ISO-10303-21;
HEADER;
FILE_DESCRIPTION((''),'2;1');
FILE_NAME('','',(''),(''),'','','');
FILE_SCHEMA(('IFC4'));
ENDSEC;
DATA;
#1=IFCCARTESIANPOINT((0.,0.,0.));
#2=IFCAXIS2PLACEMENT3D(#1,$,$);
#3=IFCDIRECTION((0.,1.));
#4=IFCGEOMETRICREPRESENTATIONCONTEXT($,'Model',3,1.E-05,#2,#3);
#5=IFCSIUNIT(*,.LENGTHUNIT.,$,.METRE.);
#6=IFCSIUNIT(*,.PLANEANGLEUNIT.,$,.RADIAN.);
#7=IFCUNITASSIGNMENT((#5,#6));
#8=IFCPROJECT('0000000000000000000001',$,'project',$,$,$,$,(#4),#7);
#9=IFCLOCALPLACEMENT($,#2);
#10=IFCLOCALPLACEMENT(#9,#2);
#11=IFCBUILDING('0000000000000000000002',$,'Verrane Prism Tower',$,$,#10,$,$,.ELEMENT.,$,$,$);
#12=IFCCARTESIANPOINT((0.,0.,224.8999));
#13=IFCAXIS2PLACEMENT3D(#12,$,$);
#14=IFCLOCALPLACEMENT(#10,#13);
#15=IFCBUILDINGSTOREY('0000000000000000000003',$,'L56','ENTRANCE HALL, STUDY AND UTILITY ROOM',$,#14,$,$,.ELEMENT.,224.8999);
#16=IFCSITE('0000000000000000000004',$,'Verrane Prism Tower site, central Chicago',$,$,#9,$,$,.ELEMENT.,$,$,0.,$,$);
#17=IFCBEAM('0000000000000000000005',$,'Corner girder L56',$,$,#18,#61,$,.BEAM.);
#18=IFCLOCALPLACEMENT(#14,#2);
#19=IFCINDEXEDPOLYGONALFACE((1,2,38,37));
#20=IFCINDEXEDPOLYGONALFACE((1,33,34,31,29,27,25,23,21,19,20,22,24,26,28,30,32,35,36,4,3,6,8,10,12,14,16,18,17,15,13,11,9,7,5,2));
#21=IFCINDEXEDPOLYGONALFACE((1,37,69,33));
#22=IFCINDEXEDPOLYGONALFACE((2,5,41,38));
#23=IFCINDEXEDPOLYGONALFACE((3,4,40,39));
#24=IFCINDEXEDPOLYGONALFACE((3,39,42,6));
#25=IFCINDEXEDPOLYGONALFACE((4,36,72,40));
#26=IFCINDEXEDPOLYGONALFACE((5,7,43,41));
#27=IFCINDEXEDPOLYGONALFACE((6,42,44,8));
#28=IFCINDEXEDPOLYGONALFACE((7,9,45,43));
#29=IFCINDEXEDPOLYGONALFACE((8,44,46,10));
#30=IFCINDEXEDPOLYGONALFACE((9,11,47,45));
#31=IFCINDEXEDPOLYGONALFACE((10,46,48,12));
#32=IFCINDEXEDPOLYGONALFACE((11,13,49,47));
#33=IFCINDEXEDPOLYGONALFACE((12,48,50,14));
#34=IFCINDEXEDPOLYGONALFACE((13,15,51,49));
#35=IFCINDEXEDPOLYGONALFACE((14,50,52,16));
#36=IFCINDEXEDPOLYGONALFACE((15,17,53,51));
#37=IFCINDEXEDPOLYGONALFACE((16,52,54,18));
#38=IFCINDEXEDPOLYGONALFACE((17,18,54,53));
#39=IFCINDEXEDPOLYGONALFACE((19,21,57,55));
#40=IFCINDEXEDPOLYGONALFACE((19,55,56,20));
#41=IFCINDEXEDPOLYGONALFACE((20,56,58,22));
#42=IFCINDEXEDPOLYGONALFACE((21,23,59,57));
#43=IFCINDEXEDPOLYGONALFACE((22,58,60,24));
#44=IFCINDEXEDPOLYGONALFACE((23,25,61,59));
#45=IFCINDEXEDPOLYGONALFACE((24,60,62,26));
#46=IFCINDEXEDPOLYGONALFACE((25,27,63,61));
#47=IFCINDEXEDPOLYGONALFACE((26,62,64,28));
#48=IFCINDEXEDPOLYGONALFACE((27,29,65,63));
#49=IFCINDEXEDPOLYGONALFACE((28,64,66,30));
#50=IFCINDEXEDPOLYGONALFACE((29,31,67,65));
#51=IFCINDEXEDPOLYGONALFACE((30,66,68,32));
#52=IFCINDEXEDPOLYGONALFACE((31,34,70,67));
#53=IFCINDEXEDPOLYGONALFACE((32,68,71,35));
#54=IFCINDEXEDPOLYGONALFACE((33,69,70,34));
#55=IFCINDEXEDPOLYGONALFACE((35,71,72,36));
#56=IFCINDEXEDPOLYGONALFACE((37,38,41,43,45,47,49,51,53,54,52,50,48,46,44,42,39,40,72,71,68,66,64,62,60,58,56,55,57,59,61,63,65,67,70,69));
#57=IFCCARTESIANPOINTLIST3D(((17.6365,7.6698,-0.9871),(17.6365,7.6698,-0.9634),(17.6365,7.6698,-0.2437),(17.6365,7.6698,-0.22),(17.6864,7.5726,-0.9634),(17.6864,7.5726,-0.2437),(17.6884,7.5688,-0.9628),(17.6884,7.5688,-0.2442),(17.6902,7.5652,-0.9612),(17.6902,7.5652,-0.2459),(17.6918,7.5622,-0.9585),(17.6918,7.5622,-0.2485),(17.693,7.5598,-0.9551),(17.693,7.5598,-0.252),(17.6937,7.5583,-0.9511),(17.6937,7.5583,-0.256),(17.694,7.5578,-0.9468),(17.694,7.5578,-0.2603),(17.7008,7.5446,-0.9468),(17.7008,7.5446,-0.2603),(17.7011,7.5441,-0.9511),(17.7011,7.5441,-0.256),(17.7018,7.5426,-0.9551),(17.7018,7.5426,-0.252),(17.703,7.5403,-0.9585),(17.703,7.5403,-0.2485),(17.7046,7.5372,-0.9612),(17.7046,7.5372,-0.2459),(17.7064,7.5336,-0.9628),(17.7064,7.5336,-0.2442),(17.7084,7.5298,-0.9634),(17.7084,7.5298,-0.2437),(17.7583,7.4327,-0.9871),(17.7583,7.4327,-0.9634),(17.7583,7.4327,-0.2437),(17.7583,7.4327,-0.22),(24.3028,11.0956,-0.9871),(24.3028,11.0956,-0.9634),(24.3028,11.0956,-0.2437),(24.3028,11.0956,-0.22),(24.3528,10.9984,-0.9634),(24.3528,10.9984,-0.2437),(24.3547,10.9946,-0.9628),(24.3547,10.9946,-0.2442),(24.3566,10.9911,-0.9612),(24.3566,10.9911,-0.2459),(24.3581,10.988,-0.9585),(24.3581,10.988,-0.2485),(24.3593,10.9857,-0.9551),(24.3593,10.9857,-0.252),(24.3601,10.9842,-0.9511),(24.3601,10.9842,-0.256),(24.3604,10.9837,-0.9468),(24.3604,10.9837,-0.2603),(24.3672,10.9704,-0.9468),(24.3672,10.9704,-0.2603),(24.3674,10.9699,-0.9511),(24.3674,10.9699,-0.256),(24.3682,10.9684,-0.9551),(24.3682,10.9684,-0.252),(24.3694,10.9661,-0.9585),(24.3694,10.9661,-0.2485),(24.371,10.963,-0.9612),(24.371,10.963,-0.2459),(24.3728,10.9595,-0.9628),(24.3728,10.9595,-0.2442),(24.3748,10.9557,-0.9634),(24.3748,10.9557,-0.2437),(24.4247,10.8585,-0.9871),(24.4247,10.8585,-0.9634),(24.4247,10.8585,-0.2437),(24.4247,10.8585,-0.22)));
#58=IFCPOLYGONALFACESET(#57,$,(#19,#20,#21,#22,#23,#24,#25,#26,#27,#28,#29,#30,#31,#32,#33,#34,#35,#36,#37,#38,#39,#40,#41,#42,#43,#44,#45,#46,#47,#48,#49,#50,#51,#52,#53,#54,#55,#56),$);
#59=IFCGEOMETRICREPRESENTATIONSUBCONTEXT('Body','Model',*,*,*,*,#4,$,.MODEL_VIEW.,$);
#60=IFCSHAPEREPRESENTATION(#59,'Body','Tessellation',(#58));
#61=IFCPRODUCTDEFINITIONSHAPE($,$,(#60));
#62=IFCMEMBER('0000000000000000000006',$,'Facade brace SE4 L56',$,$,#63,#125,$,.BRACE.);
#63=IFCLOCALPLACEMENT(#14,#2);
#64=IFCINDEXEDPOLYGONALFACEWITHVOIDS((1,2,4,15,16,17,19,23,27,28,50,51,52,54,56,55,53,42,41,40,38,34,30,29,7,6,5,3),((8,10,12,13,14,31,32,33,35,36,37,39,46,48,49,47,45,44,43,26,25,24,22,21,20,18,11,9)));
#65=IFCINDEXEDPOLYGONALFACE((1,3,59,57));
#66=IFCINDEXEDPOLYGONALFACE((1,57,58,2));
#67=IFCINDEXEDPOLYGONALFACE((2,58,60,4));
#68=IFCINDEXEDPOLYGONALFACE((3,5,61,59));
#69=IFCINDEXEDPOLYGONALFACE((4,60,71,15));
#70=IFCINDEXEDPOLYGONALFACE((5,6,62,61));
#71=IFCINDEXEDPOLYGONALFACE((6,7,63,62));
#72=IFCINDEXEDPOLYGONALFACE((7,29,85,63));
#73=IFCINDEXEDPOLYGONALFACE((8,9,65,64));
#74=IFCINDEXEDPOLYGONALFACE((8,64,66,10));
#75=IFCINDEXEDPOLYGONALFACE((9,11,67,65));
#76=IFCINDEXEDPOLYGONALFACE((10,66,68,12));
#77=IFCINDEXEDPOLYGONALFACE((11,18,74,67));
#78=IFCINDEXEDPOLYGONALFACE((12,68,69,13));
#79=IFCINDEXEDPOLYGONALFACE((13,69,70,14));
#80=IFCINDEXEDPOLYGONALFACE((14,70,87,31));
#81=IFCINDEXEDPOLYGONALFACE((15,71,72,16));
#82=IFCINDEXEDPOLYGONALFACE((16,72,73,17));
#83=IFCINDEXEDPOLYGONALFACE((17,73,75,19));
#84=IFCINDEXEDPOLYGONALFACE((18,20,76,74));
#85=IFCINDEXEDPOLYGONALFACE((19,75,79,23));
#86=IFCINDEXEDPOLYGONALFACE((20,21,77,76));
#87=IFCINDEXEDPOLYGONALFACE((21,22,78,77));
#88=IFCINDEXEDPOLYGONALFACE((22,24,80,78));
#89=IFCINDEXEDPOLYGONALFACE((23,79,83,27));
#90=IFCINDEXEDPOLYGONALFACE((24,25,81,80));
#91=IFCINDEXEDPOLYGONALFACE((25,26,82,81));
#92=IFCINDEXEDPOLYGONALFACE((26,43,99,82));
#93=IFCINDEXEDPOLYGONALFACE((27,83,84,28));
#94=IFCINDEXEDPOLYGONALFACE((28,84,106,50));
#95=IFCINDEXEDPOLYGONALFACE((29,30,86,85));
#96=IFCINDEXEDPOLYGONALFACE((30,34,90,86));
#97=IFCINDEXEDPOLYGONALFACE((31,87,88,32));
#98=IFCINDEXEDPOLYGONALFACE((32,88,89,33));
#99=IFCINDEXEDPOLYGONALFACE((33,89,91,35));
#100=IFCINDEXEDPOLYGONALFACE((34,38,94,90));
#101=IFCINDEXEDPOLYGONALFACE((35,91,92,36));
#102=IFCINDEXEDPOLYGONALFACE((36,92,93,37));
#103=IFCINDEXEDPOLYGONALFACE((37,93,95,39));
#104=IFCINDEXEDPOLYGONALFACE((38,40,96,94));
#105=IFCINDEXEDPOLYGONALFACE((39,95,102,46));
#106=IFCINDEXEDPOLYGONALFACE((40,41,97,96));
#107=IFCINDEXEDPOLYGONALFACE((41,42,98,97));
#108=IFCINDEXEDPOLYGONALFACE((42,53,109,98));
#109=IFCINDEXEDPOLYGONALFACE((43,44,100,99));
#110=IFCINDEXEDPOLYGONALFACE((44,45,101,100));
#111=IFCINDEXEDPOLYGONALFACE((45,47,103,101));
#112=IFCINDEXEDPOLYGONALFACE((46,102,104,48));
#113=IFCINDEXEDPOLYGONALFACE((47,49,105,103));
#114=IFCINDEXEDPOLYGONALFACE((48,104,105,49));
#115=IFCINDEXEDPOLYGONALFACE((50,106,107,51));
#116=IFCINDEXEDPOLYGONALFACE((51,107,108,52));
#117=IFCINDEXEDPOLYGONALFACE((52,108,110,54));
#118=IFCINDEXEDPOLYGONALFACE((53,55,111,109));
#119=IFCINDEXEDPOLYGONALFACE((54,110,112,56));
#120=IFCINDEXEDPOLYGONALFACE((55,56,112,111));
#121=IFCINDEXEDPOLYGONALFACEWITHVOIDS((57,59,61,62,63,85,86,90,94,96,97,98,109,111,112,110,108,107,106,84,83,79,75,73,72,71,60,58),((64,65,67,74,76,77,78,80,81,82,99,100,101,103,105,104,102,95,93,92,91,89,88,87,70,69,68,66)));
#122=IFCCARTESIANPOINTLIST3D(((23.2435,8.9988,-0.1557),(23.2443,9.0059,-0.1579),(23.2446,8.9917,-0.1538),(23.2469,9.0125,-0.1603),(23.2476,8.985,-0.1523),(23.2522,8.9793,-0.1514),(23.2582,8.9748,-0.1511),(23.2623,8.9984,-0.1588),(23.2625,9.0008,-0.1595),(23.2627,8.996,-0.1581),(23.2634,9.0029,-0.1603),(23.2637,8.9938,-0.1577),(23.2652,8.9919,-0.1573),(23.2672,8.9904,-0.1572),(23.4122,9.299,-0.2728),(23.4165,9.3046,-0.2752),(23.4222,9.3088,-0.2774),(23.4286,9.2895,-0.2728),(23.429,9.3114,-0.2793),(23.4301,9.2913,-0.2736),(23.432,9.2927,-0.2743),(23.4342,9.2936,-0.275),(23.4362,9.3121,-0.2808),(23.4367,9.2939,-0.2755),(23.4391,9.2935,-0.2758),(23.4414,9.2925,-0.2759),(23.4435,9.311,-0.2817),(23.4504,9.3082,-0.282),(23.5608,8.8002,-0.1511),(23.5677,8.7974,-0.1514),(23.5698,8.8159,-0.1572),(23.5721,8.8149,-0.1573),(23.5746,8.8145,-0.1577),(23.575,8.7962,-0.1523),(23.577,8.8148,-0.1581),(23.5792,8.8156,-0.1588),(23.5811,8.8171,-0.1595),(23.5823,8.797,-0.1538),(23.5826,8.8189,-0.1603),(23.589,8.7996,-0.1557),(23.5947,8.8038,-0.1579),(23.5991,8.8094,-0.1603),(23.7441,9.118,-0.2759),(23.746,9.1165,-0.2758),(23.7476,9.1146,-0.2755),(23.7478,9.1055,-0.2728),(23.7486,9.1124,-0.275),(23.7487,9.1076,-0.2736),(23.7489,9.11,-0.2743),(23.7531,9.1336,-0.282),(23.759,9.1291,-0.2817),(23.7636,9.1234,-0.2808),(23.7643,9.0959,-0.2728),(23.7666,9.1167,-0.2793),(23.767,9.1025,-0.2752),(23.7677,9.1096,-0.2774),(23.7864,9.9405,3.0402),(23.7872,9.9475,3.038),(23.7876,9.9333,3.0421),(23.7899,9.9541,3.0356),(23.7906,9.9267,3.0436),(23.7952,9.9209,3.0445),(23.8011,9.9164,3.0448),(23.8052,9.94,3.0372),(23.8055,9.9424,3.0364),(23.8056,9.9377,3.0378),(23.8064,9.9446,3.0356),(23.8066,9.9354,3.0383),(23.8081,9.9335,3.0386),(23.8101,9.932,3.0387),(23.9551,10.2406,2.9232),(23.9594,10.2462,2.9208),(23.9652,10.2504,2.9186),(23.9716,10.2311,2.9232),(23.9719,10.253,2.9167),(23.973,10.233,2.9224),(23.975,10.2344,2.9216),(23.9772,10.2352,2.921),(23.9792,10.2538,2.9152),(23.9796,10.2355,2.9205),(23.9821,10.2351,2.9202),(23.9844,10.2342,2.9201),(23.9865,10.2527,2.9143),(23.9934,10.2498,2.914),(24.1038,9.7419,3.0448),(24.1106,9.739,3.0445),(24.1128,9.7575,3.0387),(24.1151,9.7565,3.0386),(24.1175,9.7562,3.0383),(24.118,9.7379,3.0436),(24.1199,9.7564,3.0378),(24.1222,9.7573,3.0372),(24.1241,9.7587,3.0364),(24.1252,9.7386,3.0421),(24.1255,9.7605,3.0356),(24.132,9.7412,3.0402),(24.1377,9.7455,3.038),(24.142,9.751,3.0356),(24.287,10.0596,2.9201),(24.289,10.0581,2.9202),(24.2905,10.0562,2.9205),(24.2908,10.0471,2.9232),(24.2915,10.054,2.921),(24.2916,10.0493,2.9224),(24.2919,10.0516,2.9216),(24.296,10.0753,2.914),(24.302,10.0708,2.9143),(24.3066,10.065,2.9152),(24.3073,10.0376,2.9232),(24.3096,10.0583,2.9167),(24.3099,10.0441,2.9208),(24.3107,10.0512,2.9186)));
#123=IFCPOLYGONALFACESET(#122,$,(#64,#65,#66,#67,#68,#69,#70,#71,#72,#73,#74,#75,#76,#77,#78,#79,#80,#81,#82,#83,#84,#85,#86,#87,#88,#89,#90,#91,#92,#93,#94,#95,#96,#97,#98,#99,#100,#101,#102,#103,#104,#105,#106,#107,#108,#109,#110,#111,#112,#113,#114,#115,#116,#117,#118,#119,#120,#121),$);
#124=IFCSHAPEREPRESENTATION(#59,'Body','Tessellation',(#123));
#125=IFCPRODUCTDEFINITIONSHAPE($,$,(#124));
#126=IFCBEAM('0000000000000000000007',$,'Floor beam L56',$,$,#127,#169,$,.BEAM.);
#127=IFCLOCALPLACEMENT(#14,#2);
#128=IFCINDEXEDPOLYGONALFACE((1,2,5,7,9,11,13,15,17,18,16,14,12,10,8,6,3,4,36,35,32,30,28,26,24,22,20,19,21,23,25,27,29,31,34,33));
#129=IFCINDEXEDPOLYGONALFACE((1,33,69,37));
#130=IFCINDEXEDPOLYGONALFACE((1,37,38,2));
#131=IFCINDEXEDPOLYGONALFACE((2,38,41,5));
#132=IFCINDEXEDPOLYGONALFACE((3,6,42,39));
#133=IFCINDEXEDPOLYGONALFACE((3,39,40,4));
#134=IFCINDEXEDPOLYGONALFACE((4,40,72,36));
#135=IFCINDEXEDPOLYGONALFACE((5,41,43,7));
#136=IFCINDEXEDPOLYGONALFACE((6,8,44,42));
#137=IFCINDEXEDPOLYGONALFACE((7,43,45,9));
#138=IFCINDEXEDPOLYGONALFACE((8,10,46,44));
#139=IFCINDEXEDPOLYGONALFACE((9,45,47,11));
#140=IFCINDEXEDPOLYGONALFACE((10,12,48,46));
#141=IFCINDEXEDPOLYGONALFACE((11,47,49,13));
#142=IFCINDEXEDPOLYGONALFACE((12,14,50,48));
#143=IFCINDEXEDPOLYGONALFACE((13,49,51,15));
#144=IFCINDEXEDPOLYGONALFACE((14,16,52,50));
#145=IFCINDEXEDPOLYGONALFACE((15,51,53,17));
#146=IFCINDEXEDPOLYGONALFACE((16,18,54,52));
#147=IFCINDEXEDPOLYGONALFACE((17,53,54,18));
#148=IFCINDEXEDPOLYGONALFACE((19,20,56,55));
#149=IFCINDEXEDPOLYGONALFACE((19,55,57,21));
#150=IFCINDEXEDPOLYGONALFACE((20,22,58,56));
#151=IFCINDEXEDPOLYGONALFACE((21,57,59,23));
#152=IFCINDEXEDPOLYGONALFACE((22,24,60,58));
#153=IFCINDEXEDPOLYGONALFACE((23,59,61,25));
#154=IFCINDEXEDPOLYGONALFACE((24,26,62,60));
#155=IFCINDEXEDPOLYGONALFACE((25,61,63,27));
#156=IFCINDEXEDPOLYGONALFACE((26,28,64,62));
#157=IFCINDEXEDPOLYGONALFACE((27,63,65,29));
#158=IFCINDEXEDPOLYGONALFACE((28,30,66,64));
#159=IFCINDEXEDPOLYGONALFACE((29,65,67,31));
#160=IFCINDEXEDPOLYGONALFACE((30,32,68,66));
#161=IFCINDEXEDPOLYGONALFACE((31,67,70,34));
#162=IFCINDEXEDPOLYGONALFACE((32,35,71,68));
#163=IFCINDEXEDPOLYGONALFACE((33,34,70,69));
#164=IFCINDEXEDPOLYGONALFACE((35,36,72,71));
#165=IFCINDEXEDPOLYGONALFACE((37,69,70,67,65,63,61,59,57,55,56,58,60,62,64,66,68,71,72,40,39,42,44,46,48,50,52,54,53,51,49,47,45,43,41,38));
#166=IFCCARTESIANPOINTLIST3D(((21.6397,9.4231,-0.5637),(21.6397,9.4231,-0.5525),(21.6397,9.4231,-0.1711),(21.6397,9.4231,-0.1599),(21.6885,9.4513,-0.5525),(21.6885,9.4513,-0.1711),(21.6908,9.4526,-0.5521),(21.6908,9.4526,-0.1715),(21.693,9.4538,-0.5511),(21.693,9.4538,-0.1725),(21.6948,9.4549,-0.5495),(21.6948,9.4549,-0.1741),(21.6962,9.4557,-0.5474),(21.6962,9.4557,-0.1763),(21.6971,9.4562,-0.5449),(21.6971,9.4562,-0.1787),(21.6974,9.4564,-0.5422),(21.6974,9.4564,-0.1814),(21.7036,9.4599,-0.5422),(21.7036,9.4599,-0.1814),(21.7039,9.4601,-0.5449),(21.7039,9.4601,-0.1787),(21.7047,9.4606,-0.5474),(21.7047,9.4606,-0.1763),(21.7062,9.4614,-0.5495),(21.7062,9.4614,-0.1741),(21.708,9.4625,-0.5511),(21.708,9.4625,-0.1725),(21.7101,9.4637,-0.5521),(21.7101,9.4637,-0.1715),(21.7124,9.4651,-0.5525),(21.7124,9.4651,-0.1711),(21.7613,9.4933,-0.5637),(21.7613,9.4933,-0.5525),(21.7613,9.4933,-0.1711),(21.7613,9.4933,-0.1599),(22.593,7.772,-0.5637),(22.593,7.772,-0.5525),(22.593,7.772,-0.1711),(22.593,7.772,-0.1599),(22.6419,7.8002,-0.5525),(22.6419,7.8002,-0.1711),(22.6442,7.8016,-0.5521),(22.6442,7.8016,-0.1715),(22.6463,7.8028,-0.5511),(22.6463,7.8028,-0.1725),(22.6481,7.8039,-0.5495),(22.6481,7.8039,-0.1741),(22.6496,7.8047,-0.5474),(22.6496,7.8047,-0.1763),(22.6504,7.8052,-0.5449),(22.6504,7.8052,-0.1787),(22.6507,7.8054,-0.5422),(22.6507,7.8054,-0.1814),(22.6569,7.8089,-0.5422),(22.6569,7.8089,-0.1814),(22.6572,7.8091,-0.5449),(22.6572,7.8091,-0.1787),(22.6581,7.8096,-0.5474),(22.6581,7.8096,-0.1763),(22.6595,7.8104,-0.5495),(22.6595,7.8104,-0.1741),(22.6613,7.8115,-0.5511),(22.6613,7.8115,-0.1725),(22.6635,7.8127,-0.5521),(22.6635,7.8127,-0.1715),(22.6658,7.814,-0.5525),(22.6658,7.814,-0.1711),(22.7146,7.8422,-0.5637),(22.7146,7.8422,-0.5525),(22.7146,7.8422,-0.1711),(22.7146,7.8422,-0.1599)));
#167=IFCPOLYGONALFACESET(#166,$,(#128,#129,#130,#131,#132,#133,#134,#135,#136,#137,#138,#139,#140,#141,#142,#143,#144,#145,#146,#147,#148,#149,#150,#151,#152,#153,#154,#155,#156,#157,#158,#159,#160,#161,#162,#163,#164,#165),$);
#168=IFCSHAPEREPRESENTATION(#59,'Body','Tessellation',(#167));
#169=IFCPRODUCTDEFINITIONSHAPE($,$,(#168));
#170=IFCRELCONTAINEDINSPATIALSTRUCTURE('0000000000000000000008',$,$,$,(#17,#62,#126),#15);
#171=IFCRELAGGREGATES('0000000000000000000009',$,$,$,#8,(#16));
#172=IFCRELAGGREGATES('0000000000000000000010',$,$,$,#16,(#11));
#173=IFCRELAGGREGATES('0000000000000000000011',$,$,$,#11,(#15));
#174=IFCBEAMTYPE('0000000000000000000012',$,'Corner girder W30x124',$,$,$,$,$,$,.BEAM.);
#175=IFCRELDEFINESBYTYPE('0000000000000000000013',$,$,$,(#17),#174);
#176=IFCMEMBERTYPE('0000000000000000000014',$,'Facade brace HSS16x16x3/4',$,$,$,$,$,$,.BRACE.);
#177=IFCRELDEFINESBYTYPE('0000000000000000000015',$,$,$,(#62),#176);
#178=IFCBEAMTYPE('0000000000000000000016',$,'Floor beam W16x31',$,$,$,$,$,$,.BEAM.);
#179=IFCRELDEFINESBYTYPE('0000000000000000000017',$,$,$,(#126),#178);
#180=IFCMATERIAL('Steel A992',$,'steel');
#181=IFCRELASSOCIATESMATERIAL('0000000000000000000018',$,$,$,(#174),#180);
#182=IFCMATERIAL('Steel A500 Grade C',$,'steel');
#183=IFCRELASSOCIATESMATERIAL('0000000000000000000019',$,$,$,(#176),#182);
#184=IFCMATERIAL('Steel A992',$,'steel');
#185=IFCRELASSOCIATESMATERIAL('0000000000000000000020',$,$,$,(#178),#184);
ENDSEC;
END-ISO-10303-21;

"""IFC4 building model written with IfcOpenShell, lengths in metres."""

from ifc_helpers import new_model, si_unit, direction, frame, origin, origin_2d, place, context, subcontext, project, spatial, hollow_rectangle, i_section, extrude, material, material_profile, profile_set, type_object, element, save


model = new_model("IFC4")

# Units and contexts
model_context = context("Model", 3, precision=1e-05, world=origin(), true_north=direction((0.0, 1.0)))
body_context = subcontext(model_context, "Body", "Model", "MODEL_VIEW")
ifc_project = project(units=[si_unit("LENGTHUNIT", "METRE"), si_unit("PLANEANGLEUNIT", "RADIAN")], contexts=[model_context])

# Site, building, storey
site_placement = place(None, origin())
site = spatial("IfcSite", under=ifc_project, at=site_placement, Name="Verrane Prism Tower site, central Chicago", CompositionType="ELEMENT", RefElevation=0.0)
building_placement = place(site_placement, origin())
building = spatial("IfcBuilding", under=site, at=building_placement, Name="Verrane Prism Tower", CompositionType="ELEMENT")
storey_placement = place(building_placement, frame((0.0, 0.0, 224.8999)))
storey = spatial("IfcBuildingStorey", under=building, at=storey_placement, Name="L56", Description="ENTRANCE HALL, STUDY AND UTILITY ROOM", CompositionType="ELEMENT", Elevation=224.8999)

# Beam
ifc_material_1 = material(Name="Steel A992", Category="steel")
ifc_material_profile_1 = material_profile(ifc_material_1, i_section(OverallWidth=0.2666, OverallDepth=0.7671, WebThickness=0.0149, FlangeThickness=0.0237, FilletRadius=0.0166, at=origin_2d()), Name="W30x124")
ifc_profile_set_1 = profile_set([ifc_material_profile_1], Name="Steel A992")
beam_type_1 = type_object("IfcBeamType", Name="Corner girder W30x124", PredefinedType="BEAM", material=ifc_profile_set_1)
beam_1_placement = place(storey_placement, frame((24.3638, 10.9771, -0.6035), z_axis=(-0.889428, -0.457076, 0.0), x_axis=(0.457076, -0.889428, 0.0)))
element("IfcBeam", 1, at=beam_1_placement, inside=storey, type_object=beam_type_1, Name="Corner girder L56", PredefinedType="BEAM", context=body_context, shape_type="SweptSolid", body=[
    extrude(i_section(OverallWidth=0.2666, OverallDepth=0.7671, WebThickness=0.0149, FlangeThickness=0.0237, FilletRadius=0.0166, at=origin_2d()), origin(), (0.0, 0.0, 1.0), 7.4951),
])

# Member
ifc_material_2 = material(Name="Steel A500 Grade C", Category="steel")
ifc_material_profile_2 = material_profile(ifc_material_2, hollow_rectangle(XDim=0.4065, YDim=0.4065, WallThickness=0.019, InnerFilletRadius=0.0095, OuterFilletRadius=0.0286, at=origin_2d()), Name="HSS16x16x3/4")
ifc_profile_set_2 = profile_set([ifc_material_profile_2], Name="Steel A500 Grade C")
member_type_1 = type_object("IfcMemberType", Name="Facade brace HSS16x16x3/4", PredefinedType="BRACE", material=ifc_profile_set_2)
member_1_placement = place(storey_placement, frame((23.5056, 9.0542, -0.2166), z_axis=(0.16084, 0.278939, 0.946744), x_axis=(-0.866301, 0.499522, 0.0)))
element("IfcMember", 2, at=member_1_placement, inside=storey, type_object=member_type_1, Name="Facade brace SE4 L56", PredefinedType="BRACE", context=body_context, shape_type="SweptSolid", body=[
    extrude(hollow_rectangle(XDim=0.4065, YDim=0.4065, WallThickness=0.019, InnerFilletRadius=0.0095, OuterFilletRadius=0.0286, at=origin_2d()), origin(), (0.0, 0.0, 1.0), 3.3757),
])

# Beam
ifc_material_3 = material(Name="Steel A992", Category="steel")
ifc_material_profile_3 = material_profile(ifc_material_3, i_section(OverallWidth=0.1404, OverallDepth=0.4038, WebThickness=0.0071, FlangeThickness=0.0112, FilletRadius=0.0103, at=origin_2d()), Name="W16x31")
ifc_profile_set_3 = profile_set([ifc_material_profile_3], Name="Steel A992")
beam_type_2 = type_object("IfcBeamType", Name="Floor beam W16x31", PredefinedType="BEAM", material=ifc_profile_set_3)
beam_2_placement = place(storey_placement, frame((22.6538, 7.8071, -0.3618), z_axis=(-0.500037, 0.866004, 0.0), x_axis=(-0.866004, -0.500037, 0.0)))
element("IfcBeam", 3, at=beam_2_placement, inside=storey, type_object=beam_type_2, Name="Floor beam L56", PredefinedType="BEAM", context=body_context, shape_type="SweptSolid", body=[
    extrude(i_section(OverallWidth=0.1404, OverallDepth=0.4038, WebThickness=0.0071, FlangeThickness=0.0112, FilletRadius=0.0103, at=origin_2d()), origin(), (0.0, 0.0, 1.0), 1.9065),
])

save(model, "model.ifc")
